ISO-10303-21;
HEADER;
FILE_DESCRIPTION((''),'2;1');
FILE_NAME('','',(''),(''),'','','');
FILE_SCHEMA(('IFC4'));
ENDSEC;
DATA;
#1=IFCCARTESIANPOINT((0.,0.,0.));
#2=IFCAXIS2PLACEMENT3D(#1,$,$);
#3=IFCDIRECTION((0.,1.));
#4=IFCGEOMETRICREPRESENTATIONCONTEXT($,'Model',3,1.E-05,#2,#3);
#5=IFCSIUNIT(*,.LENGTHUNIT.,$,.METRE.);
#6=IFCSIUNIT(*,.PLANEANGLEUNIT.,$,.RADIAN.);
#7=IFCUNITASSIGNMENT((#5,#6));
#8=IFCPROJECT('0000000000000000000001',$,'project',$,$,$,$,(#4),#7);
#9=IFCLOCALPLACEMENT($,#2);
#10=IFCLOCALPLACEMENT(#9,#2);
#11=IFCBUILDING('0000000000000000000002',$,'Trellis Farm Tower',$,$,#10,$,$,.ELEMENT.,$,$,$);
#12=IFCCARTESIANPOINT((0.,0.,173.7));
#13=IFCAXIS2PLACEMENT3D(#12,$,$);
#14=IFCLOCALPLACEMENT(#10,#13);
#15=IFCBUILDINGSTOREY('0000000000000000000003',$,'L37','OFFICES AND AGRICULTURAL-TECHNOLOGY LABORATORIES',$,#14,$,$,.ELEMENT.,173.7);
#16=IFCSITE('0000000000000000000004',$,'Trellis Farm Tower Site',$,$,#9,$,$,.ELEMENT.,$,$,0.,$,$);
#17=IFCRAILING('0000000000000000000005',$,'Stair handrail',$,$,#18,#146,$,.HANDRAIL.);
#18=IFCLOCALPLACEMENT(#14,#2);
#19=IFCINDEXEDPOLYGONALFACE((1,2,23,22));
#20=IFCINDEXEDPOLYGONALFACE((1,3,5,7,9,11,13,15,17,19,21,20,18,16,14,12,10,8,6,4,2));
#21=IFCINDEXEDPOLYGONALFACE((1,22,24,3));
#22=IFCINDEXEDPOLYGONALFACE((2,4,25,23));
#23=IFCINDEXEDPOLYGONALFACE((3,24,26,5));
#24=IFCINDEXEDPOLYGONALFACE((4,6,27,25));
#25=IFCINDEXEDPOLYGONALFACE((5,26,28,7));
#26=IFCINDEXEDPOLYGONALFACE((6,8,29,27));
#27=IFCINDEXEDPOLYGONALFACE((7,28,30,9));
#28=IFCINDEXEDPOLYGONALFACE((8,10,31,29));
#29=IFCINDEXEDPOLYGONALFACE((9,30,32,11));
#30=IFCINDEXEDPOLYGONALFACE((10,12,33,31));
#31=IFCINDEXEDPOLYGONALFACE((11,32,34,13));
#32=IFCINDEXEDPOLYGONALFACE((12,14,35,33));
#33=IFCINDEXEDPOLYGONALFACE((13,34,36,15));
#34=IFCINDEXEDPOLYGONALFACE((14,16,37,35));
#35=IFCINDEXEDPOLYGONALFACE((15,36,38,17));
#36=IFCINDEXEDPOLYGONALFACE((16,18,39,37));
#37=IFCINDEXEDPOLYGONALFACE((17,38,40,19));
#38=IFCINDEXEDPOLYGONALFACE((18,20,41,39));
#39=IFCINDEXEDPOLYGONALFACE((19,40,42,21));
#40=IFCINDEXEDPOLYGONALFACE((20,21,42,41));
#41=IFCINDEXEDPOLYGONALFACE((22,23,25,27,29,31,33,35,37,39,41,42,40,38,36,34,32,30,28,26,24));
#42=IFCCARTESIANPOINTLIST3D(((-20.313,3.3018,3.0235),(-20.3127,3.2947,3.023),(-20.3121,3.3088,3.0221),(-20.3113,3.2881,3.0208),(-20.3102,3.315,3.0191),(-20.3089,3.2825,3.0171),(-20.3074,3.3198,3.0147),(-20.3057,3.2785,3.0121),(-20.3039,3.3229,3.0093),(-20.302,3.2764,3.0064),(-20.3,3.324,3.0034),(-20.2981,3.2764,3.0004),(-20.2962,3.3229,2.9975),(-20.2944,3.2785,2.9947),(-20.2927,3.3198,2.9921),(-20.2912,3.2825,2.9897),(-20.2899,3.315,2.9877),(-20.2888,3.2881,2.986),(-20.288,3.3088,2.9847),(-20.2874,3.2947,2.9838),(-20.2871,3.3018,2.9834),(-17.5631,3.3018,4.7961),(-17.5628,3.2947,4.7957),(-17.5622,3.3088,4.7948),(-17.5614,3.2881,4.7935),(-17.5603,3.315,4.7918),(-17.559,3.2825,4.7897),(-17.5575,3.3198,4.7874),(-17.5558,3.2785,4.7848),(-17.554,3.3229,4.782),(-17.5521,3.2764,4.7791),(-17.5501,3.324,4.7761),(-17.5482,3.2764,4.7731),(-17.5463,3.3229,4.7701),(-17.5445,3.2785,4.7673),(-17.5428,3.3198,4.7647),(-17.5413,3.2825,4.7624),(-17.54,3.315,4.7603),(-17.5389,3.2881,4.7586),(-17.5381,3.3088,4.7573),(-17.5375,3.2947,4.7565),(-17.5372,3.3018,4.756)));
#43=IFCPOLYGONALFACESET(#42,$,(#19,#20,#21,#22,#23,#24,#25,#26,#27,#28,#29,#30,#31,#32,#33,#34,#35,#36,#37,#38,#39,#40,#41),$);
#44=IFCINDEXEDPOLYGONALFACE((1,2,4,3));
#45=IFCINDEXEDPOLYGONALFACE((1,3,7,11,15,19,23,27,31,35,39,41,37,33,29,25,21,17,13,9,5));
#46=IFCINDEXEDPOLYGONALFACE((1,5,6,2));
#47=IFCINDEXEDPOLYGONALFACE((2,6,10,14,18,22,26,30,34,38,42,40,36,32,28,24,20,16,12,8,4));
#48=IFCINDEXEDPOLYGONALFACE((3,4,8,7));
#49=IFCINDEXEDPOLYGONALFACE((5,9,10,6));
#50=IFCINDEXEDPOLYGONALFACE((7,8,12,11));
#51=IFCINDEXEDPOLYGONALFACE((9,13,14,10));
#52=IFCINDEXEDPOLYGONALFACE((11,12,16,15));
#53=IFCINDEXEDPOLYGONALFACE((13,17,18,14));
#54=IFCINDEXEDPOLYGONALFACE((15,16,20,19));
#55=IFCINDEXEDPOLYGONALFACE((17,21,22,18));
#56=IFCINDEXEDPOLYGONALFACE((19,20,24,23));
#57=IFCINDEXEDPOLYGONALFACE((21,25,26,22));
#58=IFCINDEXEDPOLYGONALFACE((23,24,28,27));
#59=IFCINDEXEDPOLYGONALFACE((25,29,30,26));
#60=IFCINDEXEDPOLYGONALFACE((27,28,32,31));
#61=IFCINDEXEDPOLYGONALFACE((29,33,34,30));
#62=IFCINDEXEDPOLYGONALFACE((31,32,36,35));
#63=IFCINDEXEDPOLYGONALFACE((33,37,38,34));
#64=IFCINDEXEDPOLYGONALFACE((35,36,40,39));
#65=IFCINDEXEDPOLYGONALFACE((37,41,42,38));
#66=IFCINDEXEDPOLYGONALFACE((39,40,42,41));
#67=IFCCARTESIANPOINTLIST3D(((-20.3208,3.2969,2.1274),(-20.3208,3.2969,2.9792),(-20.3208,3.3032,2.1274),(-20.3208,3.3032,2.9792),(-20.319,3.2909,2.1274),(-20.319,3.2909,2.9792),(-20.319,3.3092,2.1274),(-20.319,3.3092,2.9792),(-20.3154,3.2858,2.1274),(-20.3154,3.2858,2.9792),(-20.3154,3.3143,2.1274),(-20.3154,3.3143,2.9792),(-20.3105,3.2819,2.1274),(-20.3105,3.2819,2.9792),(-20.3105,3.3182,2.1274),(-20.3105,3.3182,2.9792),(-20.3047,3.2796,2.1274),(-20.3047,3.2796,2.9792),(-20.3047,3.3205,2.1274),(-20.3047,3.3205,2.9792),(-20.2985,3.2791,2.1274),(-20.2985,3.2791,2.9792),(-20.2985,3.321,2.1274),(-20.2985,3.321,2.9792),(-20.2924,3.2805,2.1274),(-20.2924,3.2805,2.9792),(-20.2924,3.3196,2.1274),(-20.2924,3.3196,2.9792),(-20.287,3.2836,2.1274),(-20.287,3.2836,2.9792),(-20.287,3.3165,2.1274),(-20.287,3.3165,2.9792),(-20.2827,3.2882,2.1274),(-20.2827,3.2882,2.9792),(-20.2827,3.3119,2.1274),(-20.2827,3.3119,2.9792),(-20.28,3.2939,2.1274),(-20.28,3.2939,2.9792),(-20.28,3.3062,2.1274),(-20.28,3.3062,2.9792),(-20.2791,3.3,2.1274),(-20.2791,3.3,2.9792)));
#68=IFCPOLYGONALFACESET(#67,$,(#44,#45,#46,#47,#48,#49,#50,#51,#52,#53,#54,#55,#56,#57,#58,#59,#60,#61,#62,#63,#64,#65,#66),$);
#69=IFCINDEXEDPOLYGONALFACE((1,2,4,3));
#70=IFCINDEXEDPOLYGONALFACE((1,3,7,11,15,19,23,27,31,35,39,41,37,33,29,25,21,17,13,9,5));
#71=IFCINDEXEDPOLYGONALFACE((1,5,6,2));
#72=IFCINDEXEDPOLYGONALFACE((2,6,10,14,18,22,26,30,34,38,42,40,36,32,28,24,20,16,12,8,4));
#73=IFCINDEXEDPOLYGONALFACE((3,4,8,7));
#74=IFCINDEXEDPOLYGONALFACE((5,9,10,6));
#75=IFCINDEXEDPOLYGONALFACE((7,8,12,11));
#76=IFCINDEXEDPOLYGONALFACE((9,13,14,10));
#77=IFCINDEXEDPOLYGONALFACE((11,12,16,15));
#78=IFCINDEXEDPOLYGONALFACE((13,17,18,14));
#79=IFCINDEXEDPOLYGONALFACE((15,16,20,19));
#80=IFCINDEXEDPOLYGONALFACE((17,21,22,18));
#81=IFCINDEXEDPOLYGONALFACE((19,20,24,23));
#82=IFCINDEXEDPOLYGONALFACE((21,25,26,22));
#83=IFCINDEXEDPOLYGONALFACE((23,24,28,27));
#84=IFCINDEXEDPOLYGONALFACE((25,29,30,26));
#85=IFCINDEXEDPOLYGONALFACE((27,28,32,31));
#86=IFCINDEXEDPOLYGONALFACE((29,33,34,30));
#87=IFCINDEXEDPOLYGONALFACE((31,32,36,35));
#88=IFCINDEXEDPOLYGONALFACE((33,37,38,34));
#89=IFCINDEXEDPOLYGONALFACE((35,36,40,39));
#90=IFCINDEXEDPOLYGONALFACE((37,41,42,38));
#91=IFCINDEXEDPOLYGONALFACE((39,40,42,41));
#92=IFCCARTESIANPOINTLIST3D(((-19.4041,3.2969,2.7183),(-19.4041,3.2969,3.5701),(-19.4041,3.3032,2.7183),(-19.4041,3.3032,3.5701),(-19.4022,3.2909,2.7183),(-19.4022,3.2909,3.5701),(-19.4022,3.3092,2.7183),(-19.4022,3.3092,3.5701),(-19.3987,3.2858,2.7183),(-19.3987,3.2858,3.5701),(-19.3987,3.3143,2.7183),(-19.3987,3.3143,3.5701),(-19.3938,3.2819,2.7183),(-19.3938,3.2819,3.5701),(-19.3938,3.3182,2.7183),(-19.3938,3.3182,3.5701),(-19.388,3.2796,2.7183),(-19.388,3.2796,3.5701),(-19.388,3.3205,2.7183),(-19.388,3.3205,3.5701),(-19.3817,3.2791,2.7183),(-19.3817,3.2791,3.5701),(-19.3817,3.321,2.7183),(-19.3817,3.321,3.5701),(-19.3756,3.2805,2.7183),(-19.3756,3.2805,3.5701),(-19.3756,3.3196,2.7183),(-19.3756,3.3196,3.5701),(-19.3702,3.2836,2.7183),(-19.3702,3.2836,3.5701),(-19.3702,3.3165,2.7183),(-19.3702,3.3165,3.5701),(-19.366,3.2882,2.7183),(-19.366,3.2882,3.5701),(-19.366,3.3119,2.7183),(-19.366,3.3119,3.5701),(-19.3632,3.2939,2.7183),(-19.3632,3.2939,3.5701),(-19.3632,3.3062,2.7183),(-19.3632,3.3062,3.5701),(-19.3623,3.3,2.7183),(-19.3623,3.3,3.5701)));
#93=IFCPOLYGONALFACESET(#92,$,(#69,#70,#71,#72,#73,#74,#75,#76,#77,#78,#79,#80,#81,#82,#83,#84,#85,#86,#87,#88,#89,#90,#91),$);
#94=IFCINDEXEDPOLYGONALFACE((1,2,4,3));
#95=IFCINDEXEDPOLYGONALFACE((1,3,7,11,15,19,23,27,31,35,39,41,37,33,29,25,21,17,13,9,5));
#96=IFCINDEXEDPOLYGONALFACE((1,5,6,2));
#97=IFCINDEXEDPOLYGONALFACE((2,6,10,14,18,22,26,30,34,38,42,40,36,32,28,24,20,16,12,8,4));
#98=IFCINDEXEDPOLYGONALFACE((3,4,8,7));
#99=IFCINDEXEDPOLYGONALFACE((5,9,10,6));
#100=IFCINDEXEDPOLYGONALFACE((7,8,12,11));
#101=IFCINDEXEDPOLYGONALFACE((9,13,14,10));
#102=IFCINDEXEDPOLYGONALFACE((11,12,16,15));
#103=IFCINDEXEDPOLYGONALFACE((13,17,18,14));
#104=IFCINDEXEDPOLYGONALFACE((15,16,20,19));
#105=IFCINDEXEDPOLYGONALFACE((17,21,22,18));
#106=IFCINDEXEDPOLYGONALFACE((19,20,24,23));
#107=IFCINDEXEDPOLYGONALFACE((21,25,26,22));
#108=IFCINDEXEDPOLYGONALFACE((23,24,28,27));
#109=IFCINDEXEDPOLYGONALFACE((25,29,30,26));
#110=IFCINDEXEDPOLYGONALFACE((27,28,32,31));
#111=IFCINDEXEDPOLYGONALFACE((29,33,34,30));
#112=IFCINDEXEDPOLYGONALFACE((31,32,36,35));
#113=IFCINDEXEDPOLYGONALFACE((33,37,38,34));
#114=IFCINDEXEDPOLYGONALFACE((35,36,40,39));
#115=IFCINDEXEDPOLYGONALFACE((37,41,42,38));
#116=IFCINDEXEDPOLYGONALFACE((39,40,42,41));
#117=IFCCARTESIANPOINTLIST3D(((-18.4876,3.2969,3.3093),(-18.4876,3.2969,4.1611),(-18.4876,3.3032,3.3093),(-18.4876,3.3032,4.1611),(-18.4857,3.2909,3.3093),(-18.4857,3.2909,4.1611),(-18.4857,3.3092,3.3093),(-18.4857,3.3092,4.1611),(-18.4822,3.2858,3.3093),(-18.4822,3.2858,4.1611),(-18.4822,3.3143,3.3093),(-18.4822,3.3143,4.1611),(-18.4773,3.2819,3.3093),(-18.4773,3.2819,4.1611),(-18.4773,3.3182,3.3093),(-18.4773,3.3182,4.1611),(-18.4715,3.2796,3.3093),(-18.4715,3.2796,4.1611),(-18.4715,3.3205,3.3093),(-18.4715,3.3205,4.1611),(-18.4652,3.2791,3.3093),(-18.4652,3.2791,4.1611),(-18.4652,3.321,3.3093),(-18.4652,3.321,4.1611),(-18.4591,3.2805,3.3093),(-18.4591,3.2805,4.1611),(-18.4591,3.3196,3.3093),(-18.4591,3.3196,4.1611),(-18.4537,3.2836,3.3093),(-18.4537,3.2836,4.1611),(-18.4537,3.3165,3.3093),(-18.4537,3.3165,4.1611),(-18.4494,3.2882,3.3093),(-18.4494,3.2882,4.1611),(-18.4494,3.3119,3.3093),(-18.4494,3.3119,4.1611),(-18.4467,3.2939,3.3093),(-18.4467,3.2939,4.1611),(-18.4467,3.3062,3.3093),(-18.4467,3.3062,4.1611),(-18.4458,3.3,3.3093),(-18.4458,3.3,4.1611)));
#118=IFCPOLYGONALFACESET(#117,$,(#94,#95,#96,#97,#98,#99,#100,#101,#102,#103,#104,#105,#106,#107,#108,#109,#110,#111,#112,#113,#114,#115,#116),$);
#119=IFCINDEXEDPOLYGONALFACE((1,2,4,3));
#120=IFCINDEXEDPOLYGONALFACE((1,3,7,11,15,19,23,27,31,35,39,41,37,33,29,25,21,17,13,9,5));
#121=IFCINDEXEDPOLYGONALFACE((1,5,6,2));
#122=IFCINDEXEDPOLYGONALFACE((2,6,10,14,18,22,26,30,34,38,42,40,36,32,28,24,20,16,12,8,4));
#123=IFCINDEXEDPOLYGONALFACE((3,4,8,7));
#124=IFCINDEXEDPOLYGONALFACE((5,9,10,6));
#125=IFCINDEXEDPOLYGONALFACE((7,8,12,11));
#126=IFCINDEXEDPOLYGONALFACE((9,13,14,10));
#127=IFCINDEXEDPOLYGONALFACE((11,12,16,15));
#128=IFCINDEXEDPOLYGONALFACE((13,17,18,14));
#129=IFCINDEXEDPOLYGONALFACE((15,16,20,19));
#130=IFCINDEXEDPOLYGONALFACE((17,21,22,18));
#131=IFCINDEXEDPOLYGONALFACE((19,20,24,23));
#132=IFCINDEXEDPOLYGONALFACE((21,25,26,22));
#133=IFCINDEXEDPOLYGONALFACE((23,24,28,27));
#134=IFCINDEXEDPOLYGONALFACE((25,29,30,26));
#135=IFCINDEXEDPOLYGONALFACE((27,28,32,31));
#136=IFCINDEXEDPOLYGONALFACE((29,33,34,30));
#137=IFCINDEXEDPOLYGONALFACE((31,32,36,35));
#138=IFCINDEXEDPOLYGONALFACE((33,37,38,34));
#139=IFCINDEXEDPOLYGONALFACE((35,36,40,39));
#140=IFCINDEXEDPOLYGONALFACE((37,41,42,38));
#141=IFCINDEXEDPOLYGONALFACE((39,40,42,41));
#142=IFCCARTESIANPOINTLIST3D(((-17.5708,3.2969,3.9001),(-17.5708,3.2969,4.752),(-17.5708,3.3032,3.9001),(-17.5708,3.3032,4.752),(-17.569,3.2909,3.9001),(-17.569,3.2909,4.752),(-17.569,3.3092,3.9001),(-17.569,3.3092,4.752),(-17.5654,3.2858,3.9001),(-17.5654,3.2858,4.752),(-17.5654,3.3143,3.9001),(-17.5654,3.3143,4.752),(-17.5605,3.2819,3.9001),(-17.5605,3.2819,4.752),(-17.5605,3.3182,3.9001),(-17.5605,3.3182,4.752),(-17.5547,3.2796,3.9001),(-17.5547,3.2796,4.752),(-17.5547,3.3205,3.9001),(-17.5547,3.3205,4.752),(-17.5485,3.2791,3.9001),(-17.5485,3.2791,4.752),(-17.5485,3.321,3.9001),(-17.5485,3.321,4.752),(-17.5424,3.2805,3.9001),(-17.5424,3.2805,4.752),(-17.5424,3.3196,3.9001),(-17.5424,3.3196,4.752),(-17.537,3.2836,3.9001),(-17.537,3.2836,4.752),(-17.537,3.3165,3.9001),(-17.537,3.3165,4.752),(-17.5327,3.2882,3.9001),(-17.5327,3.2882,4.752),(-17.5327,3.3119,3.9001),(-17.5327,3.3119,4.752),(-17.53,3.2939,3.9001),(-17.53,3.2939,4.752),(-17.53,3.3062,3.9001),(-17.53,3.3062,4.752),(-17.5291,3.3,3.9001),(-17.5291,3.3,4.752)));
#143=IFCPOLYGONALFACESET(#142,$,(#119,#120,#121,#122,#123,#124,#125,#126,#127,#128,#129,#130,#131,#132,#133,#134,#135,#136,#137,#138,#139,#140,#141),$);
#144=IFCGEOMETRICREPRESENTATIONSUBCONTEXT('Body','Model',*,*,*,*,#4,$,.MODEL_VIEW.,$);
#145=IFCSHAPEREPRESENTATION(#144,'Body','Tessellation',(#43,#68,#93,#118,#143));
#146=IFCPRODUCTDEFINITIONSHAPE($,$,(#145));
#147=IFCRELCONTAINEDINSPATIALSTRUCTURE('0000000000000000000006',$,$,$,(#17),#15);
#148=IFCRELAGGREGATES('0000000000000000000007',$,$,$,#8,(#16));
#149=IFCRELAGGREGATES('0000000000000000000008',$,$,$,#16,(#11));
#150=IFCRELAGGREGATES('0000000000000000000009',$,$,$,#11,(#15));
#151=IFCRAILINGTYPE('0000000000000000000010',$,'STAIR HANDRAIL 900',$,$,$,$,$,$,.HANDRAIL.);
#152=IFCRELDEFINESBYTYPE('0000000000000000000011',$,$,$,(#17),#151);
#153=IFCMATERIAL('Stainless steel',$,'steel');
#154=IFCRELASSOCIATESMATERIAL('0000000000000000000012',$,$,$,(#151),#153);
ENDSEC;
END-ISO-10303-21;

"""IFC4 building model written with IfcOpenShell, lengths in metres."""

from ifc_helpers import new_model, si_unit, direction, frame, origin, origin_2d, place, context, subcontext, project, spatial, circle, extrude, source, transform, mapped, material, type_object, element, save


model = new_model("IFC4")

# Units and contexts
model_context = context("Model", 3, precision=1e-05, world=origin(), true_north=direction((0.0, 1.0)))
body_context = subcontext(model_context, "Body", "Model", "MODEL_VIEW")
ifc_project = project(units=[si_unit("LENGTHUNIT", "METRE"), si_unit("PLANEANGLEUNIT", "RADIAN")], contexts=[model_context])

# Site, building, storey
site_placement = place(None, origin())
site = spatial("IfcSite", under=ifc_project, at=site_placement, Name="Trellis Farm Tower Site", CompositionType="ELEMENT", RefElevation=0.0)
building_placement = place(site_placement, origin())
building = spatial("IfcBuilding", under=site, at=building_placement, Name="Trellis Farm Tower", CompositionType="ELEMENT")
storey_placement = place(building_placement, frame((0.0, 0.0, 173.7)))
storey = spatial("IfcBuildingStorey", under=building, at=storey_placement, Name="L37", Description="OFFICES AND AGRICULTURAL-TECHNOLOGY LABORATORIES", CompositionType="ELEMENT", Elevation=173.7)

# Railing
ifc_material_1 = material(Name="Stainless steel", Category="steel")
railing_type = type_object("IfcRailingType", Name="STAIR HANDRAIL 900", PredefinedType="HANDRAIL", material=ifc_material_1)
shared_shape_1 = source(origin(), body_context, "Body", "SweptSolid", [
    extrude(circle(Radius=0.0239, at=origin_2d()), frame((0.0, 0.0, 0.876), z_axis=(0.840504, 0.0, 0.541806), x_axis=(0.0, 1.0, 0.0)), (0.0, 0.0, 1.0), 3.2717),
    extrude(circle(Radius=0.021, at=origin_2d()), origin(), (0.0, 0.0, 1.0), 0.8518),
    extrude(circle(Radius=0.021, at=origin_2d()), frame((0.9167, 0.0, 0.5908)), (0.0, 0.0, 1.0), 0.8518),
    extrude(circle(Radius=0.021, at=origin_2d()), frame((1.8333, 0.0, 1.1819)), (0.0, 0.0, 1.0), 0.8518),
    extrude(circle(Radius=0.021, at=origin_2d()), frame((2.75, 0.0, 1.7727)), (0.0, 0.0, 1.0), 0.8518),
])
for number, where, name in (
    (1, (-20.3, 3.3, 2.1274), "Stair handrail"),
):
    element("IfcRailing", number, at=place(storey_placement, frame(where)), inside=storey, type_object=railing_type, Name=name, PredefinedType="HANDRAIL", context=body_context, shape_type="MappedRepresentation", body=[
        mapped(shared_shape_1, transform((0.0, 0.0, 0.0))),
    ])

save(model, "model.ifc")
